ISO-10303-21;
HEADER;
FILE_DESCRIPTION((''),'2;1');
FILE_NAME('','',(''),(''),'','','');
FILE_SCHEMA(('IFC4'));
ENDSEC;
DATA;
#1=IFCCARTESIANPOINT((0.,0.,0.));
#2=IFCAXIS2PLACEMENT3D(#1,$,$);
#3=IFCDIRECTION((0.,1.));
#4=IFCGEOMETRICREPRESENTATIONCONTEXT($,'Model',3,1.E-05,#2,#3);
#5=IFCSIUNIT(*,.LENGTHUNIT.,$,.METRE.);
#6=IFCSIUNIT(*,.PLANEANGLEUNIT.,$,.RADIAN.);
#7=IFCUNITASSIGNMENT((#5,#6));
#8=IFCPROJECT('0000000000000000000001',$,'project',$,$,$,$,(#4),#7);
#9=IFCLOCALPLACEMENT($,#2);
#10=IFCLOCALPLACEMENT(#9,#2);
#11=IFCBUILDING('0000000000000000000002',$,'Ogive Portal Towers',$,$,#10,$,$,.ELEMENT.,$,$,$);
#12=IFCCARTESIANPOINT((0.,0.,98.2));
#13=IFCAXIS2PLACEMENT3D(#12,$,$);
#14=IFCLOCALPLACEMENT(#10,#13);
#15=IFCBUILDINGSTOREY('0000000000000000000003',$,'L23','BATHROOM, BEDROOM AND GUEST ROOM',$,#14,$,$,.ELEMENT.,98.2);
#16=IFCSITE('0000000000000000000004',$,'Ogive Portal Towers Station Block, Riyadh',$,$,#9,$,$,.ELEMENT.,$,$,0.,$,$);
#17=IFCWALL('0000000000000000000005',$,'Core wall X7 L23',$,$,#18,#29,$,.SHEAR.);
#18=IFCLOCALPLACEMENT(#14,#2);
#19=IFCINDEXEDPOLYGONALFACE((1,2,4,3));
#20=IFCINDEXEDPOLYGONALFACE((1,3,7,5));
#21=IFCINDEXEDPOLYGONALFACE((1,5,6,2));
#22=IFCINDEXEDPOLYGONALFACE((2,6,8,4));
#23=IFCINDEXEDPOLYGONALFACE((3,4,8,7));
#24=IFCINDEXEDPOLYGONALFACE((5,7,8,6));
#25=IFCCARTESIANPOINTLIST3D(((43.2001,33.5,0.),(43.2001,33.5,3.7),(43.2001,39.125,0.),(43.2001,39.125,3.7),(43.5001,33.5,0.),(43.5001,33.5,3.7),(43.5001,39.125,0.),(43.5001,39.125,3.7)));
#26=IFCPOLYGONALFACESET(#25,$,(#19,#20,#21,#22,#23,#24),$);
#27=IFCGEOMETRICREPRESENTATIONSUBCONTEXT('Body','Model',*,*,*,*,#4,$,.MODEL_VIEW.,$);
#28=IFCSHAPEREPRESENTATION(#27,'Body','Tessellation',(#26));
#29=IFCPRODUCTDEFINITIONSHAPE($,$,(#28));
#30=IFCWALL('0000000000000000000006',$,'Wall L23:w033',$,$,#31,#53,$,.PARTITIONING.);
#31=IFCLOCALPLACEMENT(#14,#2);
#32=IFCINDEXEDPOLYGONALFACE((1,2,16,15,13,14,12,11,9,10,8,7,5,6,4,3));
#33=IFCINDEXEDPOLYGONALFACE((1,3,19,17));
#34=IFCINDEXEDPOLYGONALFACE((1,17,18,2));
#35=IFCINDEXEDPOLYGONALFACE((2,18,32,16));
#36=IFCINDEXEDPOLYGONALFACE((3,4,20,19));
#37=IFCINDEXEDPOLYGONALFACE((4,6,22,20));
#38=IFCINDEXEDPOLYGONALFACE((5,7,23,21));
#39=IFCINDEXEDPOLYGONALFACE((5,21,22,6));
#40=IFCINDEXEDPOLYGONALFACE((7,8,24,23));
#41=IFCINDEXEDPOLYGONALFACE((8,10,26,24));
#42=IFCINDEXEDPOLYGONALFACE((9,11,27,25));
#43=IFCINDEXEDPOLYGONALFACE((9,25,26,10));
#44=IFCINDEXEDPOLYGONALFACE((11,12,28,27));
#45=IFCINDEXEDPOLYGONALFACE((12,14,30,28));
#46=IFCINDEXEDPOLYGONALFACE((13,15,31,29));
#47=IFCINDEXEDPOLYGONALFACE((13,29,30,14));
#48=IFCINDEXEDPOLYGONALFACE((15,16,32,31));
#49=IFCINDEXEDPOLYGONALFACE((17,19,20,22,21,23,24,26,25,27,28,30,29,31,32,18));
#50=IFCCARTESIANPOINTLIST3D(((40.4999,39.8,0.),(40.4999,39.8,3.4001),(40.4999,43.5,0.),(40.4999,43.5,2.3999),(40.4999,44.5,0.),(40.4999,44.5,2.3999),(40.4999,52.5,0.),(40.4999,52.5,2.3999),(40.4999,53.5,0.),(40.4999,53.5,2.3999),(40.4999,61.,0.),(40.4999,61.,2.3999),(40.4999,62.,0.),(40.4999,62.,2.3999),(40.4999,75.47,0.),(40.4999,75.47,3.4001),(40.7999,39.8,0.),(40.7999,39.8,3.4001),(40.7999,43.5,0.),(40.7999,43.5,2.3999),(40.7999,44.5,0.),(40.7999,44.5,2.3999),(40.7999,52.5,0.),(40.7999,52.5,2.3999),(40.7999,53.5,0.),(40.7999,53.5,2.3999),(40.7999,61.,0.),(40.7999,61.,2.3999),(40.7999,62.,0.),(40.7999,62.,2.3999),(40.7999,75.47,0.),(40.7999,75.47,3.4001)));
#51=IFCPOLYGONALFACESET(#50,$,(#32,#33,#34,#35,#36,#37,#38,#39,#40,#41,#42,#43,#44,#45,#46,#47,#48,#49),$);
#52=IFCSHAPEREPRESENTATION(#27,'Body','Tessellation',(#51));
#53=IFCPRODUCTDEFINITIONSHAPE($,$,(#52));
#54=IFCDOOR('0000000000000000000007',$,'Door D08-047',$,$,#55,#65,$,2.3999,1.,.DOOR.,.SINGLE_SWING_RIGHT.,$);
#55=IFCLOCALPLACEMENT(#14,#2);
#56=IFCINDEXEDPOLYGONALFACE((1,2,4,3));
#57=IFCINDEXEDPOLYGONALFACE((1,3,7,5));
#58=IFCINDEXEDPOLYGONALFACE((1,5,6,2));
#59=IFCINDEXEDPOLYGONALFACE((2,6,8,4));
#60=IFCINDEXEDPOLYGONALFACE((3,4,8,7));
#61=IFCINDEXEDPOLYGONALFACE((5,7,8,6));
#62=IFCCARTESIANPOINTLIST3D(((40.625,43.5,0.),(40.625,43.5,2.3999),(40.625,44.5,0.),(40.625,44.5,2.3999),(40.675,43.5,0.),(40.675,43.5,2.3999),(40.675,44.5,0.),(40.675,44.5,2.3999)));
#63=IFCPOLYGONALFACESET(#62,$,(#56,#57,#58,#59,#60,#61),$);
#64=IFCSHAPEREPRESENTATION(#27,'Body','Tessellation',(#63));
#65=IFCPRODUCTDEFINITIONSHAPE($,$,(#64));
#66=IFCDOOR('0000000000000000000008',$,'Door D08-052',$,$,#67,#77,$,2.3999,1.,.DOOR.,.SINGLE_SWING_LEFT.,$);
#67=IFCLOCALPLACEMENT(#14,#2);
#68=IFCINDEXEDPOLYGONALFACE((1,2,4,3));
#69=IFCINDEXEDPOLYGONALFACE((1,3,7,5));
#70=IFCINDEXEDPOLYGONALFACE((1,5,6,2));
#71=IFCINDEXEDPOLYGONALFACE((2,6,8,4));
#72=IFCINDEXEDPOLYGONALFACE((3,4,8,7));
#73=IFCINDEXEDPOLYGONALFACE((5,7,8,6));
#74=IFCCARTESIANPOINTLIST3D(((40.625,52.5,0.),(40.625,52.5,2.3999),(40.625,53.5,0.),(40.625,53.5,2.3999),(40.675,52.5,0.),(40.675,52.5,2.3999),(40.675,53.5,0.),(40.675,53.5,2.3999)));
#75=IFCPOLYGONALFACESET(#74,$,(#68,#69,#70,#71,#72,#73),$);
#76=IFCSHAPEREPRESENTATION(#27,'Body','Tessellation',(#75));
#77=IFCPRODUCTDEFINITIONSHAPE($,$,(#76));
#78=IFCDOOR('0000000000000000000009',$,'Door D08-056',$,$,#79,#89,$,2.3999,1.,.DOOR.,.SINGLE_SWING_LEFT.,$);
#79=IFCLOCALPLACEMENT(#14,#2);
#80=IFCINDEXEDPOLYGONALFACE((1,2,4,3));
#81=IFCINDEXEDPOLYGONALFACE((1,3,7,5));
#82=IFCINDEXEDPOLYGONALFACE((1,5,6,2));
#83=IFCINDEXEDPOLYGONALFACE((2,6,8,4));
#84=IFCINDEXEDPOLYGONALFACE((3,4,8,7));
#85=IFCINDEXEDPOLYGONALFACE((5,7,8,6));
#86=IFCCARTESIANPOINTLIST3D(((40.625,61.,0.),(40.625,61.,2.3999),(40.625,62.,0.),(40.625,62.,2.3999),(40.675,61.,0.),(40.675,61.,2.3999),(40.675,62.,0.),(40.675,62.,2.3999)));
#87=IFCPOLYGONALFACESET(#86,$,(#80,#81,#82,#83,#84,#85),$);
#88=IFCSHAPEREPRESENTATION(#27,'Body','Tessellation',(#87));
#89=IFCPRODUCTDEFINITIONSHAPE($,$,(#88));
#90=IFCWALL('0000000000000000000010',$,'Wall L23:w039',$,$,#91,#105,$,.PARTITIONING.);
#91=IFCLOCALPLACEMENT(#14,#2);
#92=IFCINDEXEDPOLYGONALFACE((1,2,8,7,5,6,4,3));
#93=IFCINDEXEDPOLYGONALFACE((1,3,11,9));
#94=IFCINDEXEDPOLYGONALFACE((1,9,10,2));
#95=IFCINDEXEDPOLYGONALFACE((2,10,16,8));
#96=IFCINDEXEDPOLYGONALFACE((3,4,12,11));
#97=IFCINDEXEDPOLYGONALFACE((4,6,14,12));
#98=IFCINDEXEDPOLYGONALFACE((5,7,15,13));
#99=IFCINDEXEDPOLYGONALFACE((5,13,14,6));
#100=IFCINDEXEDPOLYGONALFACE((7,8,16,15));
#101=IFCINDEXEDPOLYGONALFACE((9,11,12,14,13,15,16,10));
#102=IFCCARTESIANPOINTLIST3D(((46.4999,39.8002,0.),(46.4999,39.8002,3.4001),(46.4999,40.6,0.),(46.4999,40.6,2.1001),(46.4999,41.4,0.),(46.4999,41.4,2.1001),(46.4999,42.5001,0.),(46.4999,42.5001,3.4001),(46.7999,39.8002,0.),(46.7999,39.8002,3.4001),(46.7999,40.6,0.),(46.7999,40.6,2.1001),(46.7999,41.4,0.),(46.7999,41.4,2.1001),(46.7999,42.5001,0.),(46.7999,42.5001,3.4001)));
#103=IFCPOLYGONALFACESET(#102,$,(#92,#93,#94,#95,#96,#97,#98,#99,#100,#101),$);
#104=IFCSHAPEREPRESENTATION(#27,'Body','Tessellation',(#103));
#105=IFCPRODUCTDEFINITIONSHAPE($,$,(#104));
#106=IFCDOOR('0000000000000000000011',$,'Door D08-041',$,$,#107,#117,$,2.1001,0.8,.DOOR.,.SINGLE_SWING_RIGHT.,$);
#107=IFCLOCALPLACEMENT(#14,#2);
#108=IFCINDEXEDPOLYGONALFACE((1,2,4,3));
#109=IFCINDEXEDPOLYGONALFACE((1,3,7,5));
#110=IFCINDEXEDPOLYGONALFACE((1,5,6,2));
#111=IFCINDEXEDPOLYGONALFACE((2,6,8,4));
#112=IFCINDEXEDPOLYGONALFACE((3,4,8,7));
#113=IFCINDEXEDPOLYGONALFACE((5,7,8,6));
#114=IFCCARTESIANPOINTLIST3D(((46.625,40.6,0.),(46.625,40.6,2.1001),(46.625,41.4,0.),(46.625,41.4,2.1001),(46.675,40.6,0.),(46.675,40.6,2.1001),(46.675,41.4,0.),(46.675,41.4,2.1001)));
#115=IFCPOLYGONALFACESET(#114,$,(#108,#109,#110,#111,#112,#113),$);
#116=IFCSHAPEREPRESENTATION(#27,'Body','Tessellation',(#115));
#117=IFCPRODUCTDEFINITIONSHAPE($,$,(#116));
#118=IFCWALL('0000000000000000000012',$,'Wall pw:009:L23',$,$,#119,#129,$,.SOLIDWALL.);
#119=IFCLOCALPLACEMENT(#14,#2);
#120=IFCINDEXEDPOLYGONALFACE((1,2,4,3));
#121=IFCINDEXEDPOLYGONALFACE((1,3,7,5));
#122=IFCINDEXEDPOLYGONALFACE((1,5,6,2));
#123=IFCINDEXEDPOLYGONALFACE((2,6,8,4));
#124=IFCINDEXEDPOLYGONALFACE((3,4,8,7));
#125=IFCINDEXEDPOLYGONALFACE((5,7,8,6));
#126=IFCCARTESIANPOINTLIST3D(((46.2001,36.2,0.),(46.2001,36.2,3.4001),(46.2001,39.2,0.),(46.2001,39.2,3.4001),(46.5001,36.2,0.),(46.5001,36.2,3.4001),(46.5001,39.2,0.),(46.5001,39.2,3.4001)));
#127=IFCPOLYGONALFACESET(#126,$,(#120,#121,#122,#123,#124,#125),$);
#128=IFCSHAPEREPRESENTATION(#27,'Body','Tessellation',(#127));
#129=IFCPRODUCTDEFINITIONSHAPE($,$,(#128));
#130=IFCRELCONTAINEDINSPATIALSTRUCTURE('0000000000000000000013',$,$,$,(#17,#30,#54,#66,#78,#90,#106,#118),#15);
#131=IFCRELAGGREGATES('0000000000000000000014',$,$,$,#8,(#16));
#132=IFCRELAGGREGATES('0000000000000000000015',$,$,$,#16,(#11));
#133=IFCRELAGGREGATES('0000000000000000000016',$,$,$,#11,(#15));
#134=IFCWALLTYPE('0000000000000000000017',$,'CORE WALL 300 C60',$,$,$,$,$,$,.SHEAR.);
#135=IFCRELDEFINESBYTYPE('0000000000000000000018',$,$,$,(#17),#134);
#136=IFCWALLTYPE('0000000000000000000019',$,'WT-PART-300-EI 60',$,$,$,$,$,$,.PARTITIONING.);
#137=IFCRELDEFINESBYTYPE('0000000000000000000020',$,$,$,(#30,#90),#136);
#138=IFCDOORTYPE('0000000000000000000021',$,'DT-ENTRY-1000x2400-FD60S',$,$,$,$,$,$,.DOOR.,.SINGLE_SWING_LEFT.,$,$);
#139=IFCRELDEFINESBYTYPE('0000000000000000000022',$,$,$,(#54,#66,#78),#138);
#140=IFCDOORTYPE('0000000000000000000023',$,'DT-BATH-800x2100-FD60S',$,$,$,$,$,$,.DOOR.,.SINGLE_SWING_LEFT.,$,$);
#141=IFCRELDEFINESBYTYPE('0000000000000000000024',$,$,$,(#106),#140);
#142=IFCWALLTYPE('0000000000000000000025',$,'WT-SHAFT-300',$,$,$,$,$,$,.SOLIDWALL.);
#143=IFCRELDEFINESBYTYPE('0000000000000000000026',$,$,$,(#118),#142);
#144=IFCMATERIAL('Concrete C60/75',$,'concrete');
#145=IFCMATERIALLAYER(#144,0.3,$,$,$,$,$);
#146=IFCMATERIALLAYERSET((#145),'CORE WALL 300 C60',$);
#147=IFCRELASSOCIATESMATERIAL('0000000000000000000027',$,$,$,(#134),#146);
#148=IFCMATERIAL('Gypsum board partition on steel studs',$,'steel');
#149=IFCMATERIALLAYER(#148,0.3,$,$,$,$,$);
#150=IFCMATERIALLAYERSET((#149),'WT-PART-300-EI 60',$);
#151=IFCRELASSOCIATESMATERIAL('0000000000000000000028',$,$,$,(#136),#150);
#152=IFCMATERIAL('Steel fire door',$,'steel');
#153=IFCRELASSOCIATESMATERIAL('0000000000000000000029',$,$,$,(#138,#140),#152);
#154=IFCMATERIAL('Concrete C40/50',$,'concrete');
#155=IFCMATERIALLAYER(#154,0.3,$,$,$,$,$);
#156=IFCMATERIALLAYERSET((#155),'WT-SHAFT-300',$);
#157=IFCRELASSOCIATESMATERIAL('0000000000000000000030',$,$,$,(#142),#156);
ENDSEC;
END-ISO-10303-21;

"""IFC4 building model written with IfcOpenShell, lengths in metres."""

from ifc_helpers import new_model, si_unit, direction, frame, frame_2d, origin, place, context, subcontext, project, spatial, rectangle, extrude, material, layer, layer_set, type_object, element, fill, save


model = new_model("IFC4")

# Units and contexts
model_context = context("Model", 3, precision=1e-05, world=origin(), true_north=direction((0.0, 1.0)))
body_context = subcontext(model_context, "Body", "Model", "MODEL_VIEW")
ifc_project = project(units=[si_unit("LENGTHUNIT", "METRE"), si_unit("PLANEANGLEUNIT", "RADIAN")], contexts=[model_context])

# Site, building, storey
site_placement = place(None, origin())
site = spatial("IfcSite", under=ifc_project, at=site_placement, Name="Ogive Portal Towers Station Block, Riyadh", CompositionType="ELEMENT", RefElevation=0.0)
building_placement = place(site_placement, origin())
building = spatial("IfcBuilding", under=site, at=building_placement, Name="Ogive Portal Towers", CompositionType="ELEMENT")
storey_placement = place(building_placement, frame((0.0, 0.0, 98.2)))
storey = spatial("IfcBuildingStorey", under=building, at=storey_placement, Name="L23", Description="BATHROOM, BEDROOM AND GUEST ROOM", CompositionType="ELEMENT", Elevation=98.2)

# Shared definitions
ifc_material_1 = material(Name="Concrete C60/75", Category="concrete")
ifc_layer_1 = layer(ifc_material_1, 0.3)
ifc_layer_set_1 = layer_set([ifc_layer_1], Name="CORE WALL 300 C60")
wall_type_1 = type_object("IfcWallType", Name="CORE WALL 300 C60", PredefinedType="SHEAR", material=ifc_layer_set_1)
ifc_material_2 = material(Name="Steel fire door", Category="steel")

# Wall
wall_1_placement = place(storey_placement, frame((43.3501, 33.5, 0.0), z_axis=(0.0, 0.0, 1.0), x_axis=(0.0, 1.0, 0.0)))
element("IfcWall", 1, at=wall_1_placement, inside=storey, type_object=wall_type_1, Name="Core wall X7 L23", PredefinedType="SHEAR", context=body_context, shape_type="SweptSolid", body=[
    extrude(rectangle(XDim=5.625, YDim=0.3, at=frame_2d((2.8125, 0.0))), origin(), (0.0, 0.0, 1.0), 3.7),
])

# Wall, openings, doors
ifc_material_3 = material(Name="Gypsum board partition on steel studs", Category="steel")
ifc_layer_2 = layer(ifc_material_3, 0.3)
ifc_layer_set_2 = layer_set([ifc_layer_2], Name="WT-PART-300-EI 60")
wall_type_2 = type_object("IfcWallType", Name="WT-PART-300-EI 60", PredefinedType="PARTITIONING", material=ifc_layer_set_2)
wall_2_placement = place(storey_placement, frame((40.6499, 39.8, 0.0), z_axis=(0.0, 0.0, 1.0), x_axis=(0.0, 1.0, 0.0)))
wall_2 = element("IfcWall", 2, at=wall_2_placement, inside=storey, type_object=wall_type_2, Name="Wall L23:w033", PredefinedType="PARTITIONING", context=body_context, shape_type="SweptSolid", body=[
    extrude(rectangle(XDim=35.6699, YDim=0.3, at=frame_2d((17.835, 0.0))), origin(), (0.0, 0.0, 1.0), 3.4001),
])
opening_1_placement = place(wall_2_placement, frame((3.7, 0.0, 0.0)))
opening_1 = element("IfcOpeningElement", 3, at=opening_1_placement, cuts=wall_2, PredefinedType="OPENING", context=body_context, shape_type="SweptSolid", body=[
    extrude(rectangle(XDim=1.0, YDim=2.3999, at=frame_2d((0.5, 1.2))), frame((0.0, 0.1602, 0.0), z_axis=(0.0, -1.0, 0.0), x_axis=(1.0, 0.0, 0.0)), (0.0, 0.0, 1.0), 0.3201),
])
opening_2_placement = place(wall_2_placement, frame((12.7, 0.0, 0.0)))
opening_2 = element("IfcOpeningElement", 4, at=opening_2_placement, cuts=wall_2, PredefinedType="OPENING", context=body_context, shape_type="SweptSolid", body=[
    extrude(rectangle(XDim=1.0, YDim=2.3999, at=frame_2d((0.5, 1.2))), frame((0.0, 0.1602, 0.0), z_axis=(0.0, -1.0, 0.0), x_axis=(1.0, 0.0, 0.0)), (0.0, 0.0, 1.0), 0.3201),
])
opening_3_placement = place(wall_2_placement, frame((21.2, 0.0, 0.0)))
opening_3 = element("IfcOpeningElement", 5, at=opening_3_placement, cuts=wall_2, PredefinedType="OPENING", context=body_context, shape_type="SweptSolid", body=[
    extrude(rectangle(XDim=1.0, YDim=2.3999, at=frame_2d((0.5, 1.2))), frame((0.0, 0.1602, 0.0), z_axis=(0.0, -1.0, 0.0), x_axis=(1.0, 0.0, 0.0)), (0.0, 0.0, 1.0), 0.3201),
])
door_type_1 = type_object("IfcDoorType", Name="DT-ENTRY-1000x2400-FD60S", OperationType="SINGLE_SWING_LEFT", PredefinedType="DOOR", material=ifc_material_2)
door_1_placement = place(opening_1_placement, origin())
door_1 = element("IfcDoor", 6, at=door_1_placement, inside=storey, type_object=door_type_1, Name="Door D08-047", OperationType="SINGLE_SWING_RIGHT", OverallHeight=2.3999, OverallWidth=1.0, PredefinedType="DOOR", context=body_context, shape_type="SweptSolid", body=[
    extrude(rectangle(XDim=1.0, YDim=2.3999, at=frame_2d((0.5, 1.2))), frame((0.0, 0.0249, 0.0), z_axis=(0.0, -1.0, 0.0), x_axis=(1.0, 0.0, 0.0)), (0.0, 0.0, 1.0), 0.05),
])
fill(opening_1, door_1)
door_2_placement = place(opening_2_placement, origin())
door_2 = element("IfcDoor", 7, at=door_2_placement, inside=storey, type_object=door_type_1, Name="Door D08-052", OperationType="SINGLE_SWING_LEFT", OverallHeight=2.3999, OverallWidth=1.0, PredefinedType="DOOR", context=body_context, shape_type="SweptSolid", body=[
    extrude(rectangle(XDim=1.0, YDim=2.3999, at=frame_2d((0.5, 1.2))), frame((0.0, 0.0249, 0.0), z_axis=(0.0, -1.0, 0.0), x_axis=(1.0, 0.0, 0.0)), (0.0, 0.0, 1.0), 0.05),
])
fill(opening_2, door_2)
door_3_placement = place(opening_3_placement, origin())
door_3 = element("IfcDoor", 8, at=door_3_placement, inside=storey, type_object=door_type_1, Name="Door D08-056", OperationType="SINGLE_SWING_LEFT", OverallHeight=2.3999, OverallWidth=1.0, PredefinedType="DOOR", context=body_context, shape_type="SweptSolid", body=[
    extrude(rectangle(XDim=1.0, YDim=2.3999, at=frame_2d((0.5, 1.2))), frame((0.0, 0.0249, 0.0), z_axis=(0.0, -1.0, 0.0), x_axis=(1.0, 0.0, 0.0)), (0.0, 0.0, 1.0), 0.05),
])
fill(opening_3, door_3)

# Wall, opening, door
wall_3_placement = place(storey_placement, frame((46.6499, 39.8, 0.0), z_axis=(0.0, 0.0, 1.0), x_axis=(0.0, 1.0, 0.0)))
wall_3 = element("IfcWall", 9, at=wall_3_placement, inside=storey, type_object=wall_type_2, Name="Wall L23:w039", PredefinedType="PARTITIONING", context=body_context, shape_type="SweptSolid", body=[
    extrude(rectangle(XDim=2.7, YDim=0.3, at=frame_2d((1.3501, 0.0))), origin(), (0.0, 0.0, 1.0), 3.4001),
])
opening_4_placement = place(wall_3_placement, frame((0.8, 0.0, 0.0)))
opening_4 = element("IfcOpeningElement", 10, at=opening_4_placement, cuts=wall_3, PredefinedType="OPENING", context=body_context, shape_type="SweptSolid", body=[
    extrude(rectangle(XDim=0.8, YDim=2.1001, at=frame_2d((0.3999, 1.05))), frame((0.0, 0.1602, 0.0), z_axis=(0.0, -1.0, 0.0), x_axis=(1.0, 0.0, 0.0)), (0.0, 0.0, 1.0), 0.3201),
])
door_type_2 = type_object("IfcDoorType", Name="DT-BATH-800x2100-FD60S", OperationType="SINGLE_SWING_LEFT", PredefinedType="DOOR", material=ifc_material_2)
door_4_placement = place(opening_4_placement, origin())
door_4 = element("IfcDoor", 11, at=door_4_placement, inside=storey, type_object=door_type_2, Name="Door D08-041", OperationType="SINGLE_SWING_RIGHT", OverallHeight=2.1001, OverallWidth=0.8, PredefinedType="DOOR", context=body_context, shape_type="SweptSolid", body=[
    extrude(rectangle(XDim=0.8, YDim=2.1001, at=frame_2d((0.3999, 1.05))), frame((0.0, 0.0249, 0.0), z_axis=(0.0, -1.0, 0.0), x_axis=(1.0, 0.0, 0.0)), (0.0, 0.0, 1.0), 0.05),
])
fill(opening_4, door_4)

# Wall
ifc_material_4 = material(Name="Concrete C40/50", Category="concrete")
ifc_layer_3 = layer(ifc_material_4, 0.3)
ifc_layer_set_3 = layer_set([ifc_layer_3], Name="WT-SHAFT-300")
wall_type_3 = type_object("IfcWallType", Name="WT-SHAFT-300", PredefinedType="SOLIDWALL", material=ifc_layer_set_3)
wall_4_placement = place(storey_placement, frame((46.3501, 36.2, 0.0), z_axis=(0.0, 0.0, 1.0), x_axis=(0.0, 1.0, 0.0)))
element("IfcWall", 12, at=wall_4_placement, inside=storey, type_object=wall_type_3, Name="Wall pw:009:L23", PredefinedType="SOLIDWALL", context=body_context, shape_type="SweptSolid", body=[
    extrude(rectangle(XDim=3.0, YDim=0.3, at=frame_2d((1.5, 0.0))), origin(), (0.0, 0.0, 1.0), 3.4001),
])

save(model, "model.ifc")
